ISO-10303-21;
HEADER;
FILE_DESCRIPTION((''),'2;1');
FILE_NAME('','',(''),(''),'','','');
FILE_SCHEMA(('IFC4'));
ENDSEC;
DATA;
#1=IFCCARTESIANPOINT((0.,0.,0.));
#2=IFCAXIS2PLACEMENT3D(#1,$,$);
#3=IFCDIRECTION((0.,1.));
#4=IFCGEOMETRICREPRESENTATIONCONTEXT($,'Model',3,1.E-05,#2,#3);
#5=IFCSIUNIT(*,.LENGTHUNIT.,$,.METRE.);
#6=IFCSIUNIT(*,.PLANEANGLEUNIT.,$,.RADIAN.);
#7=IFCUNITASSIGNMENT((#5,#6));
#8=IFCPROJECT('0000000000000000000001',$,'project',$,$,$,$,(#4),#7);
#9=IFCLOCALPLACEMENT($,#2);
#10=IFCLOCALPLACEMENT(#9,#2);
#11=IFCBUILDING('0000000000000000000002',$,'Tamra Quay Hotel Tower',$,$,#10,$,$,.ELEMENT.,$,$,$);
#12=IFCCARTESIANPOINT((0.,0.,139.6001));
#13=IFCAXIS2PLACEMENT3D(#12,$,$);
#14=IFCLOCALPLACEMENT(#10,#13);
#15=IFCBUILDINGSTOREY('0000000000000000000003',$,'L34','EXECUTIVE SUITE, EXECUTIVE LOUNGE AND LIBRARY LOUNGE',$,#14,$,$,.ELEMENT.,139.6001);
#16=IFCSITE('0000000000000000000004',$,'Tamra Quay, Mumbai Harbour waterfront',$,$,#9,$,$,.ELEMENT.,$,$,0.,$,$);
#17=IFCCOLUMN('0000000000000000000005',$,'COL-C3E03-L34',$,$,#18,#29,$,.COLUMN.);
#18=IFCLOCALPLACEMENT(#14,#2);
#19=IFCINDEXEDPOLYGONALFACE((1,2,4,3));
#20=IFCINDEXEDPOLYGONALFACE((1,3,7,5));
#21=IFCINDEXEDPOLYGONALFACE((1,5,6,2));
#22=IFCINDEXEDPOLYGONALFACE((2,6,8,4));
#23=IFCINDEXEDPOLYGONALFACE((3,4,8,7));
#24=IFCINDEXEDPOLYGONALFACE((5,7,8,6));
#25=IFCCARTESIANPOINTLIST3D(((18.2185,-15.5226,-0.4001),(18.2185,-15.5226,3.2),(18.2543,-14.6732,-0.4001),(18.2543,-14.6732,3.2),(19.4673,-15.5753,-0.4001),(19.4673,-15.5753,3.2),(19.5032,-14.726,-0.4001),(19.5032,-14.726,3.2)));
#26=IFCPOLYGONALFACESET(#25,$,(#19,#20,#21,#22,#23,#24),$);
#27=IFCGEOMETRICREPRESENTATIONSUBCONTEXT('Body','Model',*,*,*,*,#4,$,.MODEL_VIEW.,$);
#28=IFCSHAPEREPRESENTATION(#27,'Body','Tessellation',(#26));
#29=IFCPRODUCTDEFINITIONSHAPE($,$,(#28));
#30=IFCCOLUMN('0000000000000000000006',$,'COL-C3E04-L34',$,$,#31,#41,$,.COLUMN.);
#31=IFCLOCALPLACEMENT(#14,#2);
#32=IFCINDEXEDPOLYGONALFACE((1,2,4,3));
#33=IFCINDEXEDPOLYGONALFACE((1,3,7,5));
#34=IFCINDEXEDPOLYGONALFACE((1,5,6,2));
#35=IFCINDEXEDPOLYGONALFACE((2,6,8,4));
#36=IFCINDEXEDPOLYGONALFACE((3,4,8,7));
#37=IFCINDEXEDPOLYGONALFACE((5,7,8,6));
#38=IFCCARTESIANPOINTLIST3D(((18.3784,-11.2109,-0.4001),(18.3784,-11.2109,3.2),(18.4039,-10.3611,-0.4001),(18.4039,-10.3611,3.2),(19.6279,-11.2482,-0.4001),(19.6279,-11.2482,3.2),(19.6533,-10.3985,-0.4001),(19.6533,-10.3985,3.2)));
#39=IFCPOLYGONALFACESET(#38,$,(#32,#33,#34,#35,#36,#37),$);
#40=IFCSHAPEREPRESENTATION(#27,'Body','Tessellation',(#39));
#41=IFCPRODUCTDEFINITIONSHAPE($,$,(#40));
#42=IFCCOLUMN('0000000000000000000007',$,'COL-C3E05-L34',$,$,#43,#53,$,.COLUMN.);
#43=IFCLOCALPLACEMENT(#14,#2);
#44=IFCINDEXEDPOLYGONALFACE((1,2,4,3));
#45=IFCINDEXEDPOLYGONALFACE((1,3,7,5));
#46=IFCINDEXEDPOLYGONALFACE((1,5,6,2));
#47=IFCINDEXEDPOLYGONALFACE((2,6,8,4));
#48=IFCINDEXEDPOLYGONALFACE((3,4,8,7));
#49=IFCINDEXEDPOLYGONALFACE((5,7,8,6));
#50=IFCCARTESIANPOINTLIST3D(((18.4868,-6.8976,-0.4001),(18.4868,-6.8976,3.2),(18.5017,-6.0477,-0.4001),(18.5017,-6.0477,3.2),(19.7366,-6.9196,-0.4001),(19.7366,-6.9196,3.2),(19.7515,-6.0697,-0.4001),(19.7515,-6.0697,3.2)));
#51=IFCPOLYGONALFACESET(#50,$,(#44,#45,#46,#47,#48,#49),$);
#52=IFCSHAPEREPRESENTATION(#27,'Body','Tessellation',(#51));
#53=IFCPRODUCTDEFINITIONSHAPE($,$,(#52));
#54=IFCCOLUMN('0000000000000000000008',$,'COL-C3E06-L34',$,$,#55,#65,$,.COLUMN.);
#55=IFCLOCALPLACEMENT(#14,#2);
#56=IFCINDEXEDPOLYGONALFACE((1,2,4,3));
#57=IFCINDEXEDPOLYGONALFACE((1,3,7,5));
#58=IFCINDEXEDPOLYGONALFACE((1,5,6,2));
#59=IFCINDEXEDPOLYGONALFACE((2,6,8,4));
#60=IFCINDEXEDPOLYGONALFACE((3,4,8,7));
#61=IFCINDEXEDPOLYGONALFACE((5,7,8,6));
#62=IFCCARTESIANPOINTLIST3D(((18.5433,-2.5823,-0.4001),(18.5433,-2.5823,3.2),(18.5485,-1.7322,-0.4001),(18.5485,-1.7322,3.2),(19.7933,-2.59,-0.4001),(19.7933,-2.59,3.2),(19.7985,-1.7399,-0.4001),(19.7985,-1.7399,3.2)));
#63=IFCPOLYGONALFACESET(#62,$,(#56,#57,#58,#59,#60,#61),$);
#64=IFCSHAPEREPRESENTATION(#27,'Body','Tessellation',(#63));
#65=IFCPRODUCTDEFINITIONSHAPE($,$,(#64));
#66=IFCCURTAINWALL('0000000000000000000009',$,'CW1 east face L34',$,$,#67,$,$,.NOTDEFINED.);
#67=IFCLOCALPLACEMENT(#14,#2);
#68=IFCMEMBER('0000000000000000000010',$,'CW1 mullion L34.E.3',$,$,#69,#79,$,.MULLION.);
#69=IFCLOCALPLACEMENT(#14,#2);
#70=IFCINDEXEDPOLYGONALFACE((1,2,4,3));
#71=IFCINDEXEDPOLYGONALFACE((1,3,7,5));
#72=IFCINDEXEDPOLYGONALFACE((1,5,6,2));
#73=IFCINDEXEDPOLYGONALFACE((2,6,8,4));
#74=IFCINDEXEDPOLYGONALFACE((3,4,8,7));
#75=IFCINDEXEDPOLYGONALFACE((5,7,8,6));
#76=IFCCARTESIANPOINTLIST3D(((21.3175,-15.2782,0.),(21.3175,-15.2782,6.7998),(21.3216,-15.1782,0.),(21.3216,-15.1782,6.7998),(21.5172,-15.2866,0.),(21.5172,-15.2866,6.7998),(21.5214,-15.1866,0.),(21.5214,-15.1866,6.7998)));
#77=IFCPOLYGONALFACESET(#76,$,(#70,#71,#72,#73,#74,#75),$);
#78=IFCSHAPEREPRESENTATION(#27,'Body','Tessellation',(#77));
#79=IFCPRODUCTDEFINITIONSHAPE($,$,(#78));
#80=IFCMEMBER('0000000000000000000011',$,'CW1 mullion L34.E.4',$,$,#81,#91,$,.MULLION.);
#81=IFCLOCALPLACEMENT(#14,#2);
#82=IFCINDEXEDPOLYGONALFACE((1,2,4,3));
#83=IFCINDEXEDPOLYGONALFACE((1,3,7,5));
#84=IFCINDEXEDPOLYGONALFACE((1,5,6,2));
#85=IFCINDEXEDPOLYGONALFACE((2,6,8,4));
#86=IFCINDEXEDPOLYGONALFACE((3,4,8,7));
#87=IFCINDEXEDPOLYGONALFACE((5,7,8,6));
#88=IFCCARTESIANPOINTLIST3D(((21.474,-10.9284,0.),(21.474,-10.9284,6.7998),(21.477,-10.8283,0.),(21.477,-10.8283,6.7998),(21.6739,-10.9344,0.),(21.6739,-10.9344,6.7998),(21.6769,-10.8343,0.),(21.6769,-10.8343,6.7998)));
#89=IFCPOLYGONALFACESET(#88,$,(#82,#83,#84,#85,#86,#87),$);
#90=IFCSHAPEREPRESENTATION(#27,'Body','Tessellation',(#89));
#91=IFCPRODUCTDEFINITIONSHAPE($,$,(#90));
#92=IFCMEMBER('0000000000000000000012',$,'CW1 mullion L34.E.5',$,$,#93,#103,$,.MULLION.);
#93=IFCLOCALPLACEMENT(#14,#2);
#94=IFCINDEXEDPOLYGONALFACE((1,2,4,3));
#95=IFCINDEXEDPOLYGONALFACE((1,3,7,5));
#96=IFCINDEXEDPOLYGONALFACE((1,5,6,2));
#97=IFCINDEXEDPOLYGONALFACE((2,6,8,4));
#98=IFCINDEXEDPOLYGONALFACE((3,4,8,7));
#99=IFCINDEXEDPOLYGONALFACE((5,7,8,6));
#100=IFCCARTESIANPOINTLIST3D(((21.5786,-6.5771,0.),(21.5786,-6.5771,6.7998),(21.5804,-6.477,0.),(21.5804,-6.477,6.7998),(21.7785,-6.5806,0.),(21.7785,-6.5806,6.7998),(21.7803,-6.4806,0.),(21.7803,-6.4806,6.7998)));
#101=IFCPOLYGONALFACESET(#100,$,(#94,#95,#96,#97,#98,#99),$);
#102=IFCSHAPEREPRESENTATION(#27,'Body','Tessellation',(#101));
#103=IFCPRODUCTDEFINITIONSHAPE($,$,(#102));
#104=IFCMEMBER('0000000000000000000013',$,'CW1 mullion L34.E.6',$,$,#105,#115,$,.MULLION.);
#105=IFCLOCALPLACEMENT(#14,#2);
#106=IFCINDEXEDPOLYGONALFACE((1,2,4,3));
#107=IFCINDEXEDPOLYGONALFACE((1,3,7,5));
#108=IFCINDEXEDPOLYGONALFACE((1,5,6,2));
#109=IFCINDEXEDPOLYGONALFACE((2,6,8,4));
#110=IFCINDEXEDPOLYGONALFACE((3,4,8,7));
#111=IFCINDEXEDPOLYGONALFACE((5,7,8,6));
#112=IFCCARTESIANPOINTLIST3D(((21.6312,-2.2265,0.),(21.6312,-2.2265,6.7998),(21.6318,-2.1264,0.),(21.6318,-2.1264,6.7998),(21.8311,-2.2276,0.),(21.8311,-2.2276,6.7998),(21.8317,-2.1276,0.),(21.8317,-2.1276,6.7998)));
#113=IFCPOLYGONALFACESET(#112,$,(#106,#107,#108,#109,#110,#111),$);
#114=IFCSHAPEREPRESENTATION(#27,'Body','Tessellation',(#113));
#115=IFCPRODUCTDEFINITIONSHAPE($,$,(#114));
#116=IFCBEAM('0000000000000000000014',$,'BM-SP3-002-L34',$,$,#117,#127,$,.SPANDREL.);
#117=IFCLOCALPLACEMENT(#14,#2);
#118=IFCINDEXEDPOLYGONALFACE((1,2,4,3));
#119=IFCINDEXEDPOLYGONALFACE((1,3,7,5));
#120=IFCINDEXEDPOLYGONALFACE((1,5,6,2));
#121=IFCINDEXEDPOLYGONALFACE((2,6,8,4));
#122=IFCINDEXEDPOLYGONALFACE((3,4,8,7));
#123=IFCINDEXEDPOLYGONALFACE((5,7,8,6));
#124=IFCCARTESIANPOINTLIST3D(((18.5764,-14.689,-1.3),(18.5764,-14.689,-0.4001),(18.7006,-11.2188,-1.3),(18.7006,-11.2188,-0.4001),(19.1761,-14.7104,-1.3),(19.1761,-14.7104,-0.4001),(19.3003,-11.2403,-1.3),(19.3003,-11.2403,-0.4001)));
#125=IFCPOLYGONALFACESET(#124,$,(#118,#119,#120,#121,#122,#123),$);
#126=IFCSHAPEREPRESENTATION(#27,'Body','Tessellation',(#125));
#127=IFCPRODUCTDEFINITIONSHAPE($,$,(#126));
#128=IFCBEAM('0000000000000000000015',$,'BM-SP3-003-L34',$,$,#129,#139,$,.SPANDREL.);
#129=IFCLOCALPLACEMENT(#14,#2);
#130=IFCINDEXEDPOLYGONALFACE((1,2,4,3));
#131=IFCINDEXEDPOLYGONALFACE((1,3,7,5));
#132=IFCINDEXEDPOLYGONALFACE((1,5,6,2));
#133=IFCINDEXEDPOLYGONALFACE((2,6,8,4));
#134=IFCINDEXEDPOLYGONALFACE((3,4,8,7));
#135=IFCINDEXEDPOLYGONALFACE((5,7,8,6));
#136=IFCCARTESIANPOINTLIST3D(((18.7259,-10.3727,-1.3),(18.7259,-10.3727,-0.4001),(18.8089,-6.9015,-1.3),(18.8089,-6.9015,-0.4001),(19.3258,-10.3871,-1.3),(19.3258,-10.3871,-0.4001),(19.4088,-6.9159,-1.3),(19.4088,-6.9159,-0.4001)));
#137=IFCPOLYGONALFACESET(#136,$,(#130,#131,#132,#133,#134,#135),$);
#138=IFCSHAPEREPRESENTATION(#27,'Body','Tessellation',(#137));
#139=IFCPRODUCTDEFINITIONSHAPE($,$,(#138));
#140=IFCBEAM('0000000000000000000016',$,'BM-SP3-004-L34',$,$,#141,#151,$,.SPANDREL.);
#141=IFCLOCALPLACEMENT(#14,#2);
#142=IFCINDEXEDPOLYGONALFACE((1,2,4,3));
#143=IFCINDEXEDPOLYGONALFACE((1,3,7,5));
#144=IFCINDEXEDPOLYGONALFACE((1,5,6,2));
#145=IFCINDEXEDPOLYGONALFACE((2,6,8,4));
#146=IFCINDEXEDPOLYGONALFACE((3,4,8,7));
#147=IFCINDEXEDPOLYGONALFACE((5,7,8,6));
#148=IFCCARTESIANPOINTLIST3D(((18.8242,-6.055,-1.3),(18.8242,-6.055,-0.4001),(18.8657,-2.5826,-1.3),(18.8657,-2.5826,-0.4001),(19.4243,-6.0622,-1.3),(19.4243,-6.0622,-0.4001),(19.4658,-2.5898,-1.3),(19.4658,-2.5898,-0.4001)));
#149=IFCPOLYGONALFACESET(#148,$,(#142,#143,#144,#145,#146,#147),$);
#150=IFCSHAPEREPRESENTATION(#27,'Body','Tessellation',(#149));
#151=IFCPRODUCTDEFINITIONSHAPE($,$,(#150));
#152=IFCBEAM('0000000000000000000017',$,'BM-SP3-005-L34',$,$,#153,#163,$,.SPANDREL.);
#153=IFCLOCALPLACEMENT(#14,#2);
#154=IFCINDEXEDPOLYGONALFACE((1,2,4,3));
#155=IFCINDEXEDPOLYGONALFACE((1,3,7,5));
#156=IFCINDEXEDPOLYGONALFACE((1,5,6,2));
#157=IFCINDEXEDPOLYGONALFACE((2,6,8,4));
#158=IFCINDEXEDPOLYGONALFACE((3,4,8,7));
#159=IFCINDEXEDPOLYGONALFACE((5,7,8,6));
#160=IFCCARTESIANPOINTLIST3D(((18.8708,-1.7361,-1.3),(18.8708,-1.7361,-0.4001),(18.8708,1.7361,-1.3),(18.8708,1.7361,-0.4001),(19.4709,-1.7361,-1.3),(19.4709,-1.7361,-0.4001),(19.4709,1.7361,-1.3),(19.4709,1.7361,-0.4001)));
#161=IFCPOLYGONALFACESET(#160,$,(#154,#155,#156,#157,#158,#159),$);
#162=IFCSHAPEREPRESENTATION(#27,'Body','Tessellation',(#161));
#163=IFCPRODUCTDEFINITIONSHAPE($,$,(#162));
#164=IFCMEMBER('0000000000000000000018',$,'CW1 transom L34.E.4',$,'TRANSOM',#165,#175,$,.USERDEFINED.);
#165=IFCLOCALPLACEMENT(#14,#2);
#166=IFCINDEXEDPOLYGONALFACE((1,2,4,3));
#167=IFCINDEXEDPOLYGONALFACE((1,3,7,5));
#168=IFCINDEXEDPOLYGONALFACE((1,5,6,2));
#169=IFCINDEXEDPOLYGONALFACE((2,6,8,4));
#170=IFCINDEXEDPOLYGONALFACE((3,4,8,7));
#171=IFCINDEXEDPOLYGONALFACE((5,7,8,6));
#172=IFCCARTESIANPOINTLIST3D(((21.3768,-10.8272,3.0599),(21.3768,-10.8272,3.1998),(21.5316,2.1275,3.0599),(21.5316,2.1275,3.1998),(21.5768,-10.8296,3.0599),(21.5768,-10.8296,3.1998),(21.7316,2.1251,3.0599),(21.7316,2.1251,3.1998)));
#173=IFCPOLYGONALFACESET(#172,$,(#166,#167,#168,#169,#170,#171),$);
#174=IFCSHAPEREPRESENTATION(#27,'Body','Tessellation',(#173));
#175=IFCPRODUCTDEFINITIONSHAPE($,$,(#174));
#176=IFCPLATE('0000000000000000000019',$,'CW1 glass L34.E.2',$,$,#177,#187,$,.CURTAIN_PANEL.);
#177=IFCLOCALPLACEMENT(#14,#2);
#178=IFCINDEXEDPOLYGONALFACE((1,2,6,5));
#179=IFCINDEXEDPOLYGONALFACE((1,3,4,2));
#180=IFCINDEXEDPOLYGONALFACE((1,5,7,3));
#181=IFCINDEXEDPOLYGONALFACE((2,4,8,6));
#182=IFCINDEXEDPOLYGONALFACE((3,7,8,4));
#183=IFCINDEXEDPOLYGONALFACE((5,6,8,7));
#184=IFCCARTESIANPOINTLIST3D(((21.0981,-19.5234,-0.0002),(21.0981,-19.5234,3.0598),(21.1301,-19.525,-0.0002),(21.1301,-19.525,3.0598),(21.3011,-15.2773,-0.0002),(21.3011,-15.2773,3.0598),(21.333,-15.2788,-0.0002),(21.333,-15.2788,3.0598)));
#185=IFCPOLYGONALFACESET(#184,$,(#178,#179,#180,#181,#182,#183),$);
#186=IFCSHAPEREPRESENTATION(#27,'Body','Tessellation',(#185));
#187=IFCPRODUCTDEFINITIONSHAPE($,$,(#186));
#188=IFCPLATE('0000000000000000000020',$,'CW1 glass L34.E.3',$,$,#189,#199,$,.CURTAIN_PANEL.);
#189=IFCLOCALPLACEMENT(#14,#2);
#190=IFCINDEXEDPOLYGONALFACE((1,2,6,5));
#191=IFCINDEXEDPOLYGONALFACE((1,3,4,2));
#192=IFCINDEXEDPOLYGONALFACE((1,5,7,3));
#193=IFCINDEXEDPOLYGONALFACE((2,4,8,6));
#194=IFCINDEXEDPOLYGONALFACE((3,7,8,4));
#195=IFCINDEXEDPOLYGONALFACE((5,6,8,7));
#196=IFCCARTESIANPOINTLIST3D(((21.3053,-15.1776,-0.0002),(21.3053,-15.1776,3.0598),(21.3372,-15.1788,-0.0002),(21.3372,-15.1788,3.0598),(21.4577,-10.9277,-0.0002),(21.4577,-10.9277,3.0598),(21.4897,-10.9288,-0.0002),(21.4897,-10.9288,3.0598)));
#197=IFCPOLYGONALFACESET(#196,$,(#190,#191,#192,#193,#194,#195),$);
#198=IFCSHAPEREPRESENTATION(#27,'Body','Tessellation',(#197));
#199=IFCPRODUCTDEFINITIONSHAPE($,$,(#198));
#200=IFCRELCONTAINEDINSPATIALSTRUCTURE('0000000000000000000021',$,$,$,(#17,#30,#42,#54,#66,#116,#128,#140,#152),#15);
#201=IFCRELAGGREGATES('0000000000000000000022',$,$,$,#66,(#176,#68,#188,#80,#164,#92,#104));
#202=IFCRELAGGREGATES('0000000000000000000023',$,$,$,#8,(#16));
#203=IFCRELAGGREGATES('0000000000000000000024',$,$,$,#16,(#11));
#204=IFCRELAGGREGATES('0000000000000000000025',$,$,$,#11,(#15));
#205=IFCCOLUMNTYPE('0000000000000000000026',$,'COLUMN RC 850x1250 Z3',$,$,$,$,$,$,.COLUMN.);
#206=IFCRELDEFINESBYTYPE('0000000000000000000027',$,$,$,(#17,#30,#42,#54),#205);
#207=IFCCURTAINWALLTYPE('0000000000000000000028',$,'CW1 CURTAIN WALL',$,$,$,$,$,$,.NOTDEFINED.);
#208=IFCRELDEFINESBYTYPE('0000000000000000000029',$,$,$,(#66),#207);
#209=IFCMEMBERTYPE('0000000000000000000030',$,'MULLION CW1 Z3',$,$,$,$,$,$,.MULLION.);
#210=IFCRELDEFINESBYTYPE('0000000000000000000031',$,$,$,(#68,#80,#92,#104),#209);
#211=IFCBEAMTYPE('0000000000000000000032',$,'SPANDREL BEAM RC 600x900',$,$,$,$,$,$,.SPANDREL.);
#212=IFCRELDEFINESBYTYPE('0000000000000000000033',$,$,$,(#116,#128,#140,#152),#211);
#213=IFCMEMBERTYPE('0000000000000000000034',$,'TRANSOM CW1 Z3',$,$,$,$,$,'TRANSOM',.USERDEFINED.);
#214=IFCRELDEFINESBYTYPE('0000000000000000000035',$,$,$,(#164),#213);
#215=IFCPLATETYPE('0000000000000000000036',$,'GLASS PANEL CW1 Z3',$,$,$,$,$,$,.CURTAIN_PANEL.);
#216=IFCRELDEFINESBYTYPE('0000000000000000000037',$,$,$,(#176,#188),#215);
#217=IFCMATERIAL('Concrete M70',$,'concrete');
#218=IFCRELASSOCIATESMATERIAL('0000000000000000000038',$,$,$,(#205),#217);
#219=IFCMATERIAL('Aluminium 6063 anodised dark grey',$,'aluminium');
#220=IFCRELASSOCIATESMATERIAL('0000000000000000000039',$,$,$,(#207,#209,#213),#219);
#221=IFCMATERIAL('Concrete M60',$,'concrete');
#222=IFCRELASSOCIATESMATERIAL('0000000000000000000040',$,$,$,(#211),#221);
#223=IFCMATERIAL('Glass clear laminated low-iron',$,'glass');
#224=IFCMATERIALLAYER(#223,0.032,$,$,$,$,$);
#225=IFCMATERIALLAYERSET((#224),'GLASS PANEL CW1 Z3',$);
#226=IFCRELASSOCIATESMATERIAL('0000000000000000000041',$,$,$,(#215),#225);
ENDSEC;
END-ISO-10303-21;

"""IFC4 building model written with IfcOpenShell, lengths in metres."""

from ifc_helpers import new_model, si_unit, direction, frame, origin, origin_2d, place, context, subcontext, project, spatial, rectangle, extrude, material, layer, layer_set, material_profile, profile_set, type_object, element, aggregate, save


model = new_model("IFC4")

# Units and contexts
model_context = context("Model", 3, precision=1e-05, world=origin(), true_north=direction((0.0, 1.0)))
body_context = subcontext(model_context, "Body", "Model", "MODEL_VIEW")
ifc_project = project(units=[si_unit("LENGTHUNIT", "METRE"), si_unit("PLANEANGLEUNIT", "RADIAN")], contexts=[model_context])

# Site, building, storey
site_placement = place(None, origin())
site = spatial("IfcSite", under=ifc_project, at=site_placement, Name="Tamra Quay, Mumbai Harbour waterfront", CompositionType="ELEMENT", RefElevation=0.0)
building_placement = place(site_placement, origin())
building = spatial("IfcBuilding", under=site, at=building_placement, Name="Tamra Quay Hotel Tower", CompositionType="ELEMENT")
storey_placement = place(building_placement, frame((0.0, 0.0, 139.6001)))
storey = spatial("IfcBuildingStorey", under=building, at=storey_placement, Name="L34", Description="EXECUTIVE SUITE, EXECUTIVE LOUNGE AND LIBRARY LOUNGE", CompositionType="ELEMENT", Elevation=139.6001)

# Columns
ifc_material_1 = material(Name="Concrete M70", Category="concrete")
ifc_material_profile_1 = material_profile(ifc_material_1, rectangle(XDim=1.25, YDim=0.8501, at=origin_2d()), Name="COLUMN RC 850x1250 Z3")
ifc_profile_set_1 = profile_set([ifc_material_profile_1], Name="Concrete M70")
column_type = type_object("IfcColumnType", Name="COLUMN RC 850x1250 Z3", PredefinedType="COLUMN", material=ifc_profile_set_1)
for number, where, z_axis, x_axis, name in (
    (1, (18.8608, -15.1243, -0.4001), (0.0, 0.0, 1.0), (-0.999109, 0.042202, 0.0), "COL-C3E03-L34"),
    (2, (19.0159, -10.8047, -0.4001), (0.0, 0.0, 1.0), (-0.999553, 0.029907, 0.0), "COL-C3E04-L34"),
    (3, (19.1191, -6.4836, -0.4001), (0.0, 0.0, 1.0), (-0.999845, 0.017597, 0.0), "COL-C3E05-L34"),
    (4, (19.1709, -2.1611, -0.4001), (0.0, 0.0, 1.0), (-0.999981, 0.006159, 0.0), "COL-C3E06-L34"),
):
    element("IfcColumn", number, at=place(storey_placement, frame(where, z_axis=z_axis, x_axis=x_axis)), inside=storey, type_object=column_type, Name=name, PredefinedType="COLUMN", context=body_context, shape_type="SweptSolid", body=[
        extrude(rectangle(XDim=1.25, YDim=0.8501, at=origin_2d()), origin(), (0.0, 0.0, 1.0), 3.6001),
    ])

# Curtain wall, members
ifc_material_2 = material(Name="Aluminium 6063 anodised dark grey", Category="aluminium")
curtain_wall_type = type_object("IfcCurtainWallType", Name="CW1 CURTAIN WALL", PredefinedType="NOTDEFINED", material=ifc_material_2)
curtain_wall_placement = place(storey_placement, origin())
curtain_wall = element("IfcCurtainWall", 5, at=curtain_wall_placement, inside=storey, type_object=curtain_wall_type, Name="CW1 east face L34", PredefinedType="NOTDEFINED")
ifc_material_profile_2 = material_profile(ifc_material_2, rectangle(XDim=0.2, YDim=0.1001, at=origin_2d()), Name="MULLION 100X200")
ifc_profile_set_2 = profile_set([ifc_material_profile_2], Name="Aluminium 6063 anodised dark grey")
member_type_1 = type_object("IfcMemberType", Name="MULLION CW1 Z3", PredefinedType="MULLION", material=ifc_profile_set_2)
member_1_placement = place(storey_placement, frame((21.4194, -15.2324, 0.0), z_axis=(0.0, 0.0, 1.0), x_axis=(0.999126, -0.041797, 0.0)))
member_1 = element("IfcMember", 6, at=member_1_placement, type_object=member_type_1, Name="CW1 mullion L34.E.3", PredefinedType="MULLION", context=body_context, shape_type="SweptSolid", body=[
    extrude(rectangle(XDim=0.2, YDim=0.1001, at=origin_2d()), origin(), (0.0, 0.0, 1.0), 6.7998),
])
member_2_placement = place(storey_placement, frame((21.5754, -10.8813, 0.0), z_axis=(0.0, 0.0, 1.0), x_axis=(0.999554, -0.029871, 0.0)))
member_2 = element("IfcMember", 7, at=member_2_placement, type_object=member_type_1, Name="CW1 mullion L34.E.4", PredefinedType="MULLION", context=body_context, shape_type="SweptSolid", body=[
    extrude(rectangle(XDim=0.2, YDim=0.1001, at=origin_2d()), origin(), (0.0, 0.0, 1.0), 6.7998),
])
member_3_placement = place(storey_placement, frame((21.6794, -6.5288, 0.0), z_axis=(0.0, 0.0, 1.0), x_axis=(0.999839, -0.017927, 0.0)))
member_3 = element("IfcMember", 8, at=member_3_placement, type_object=member_type_1, Name="CW1 mullion L34.E.5", PredefinedType="MULLION", context=body_context, shape_type="SweptSolid", body=[
    extrude(rectangle(XDim=0.2, YDim=0.1001, at=origin_2d()), origin(), (0.0, 0.0, 1.0), 6.7998),
])
member_4_placement = place(storey_placement, frame((21.7314, -2.177, 0.0), z_axis=(0.0, 0.0, 1.0), x_axis=(0.999982, -0.005979, 0.0)))
member_4 = element("IfcMember", 9, at=member_4_placement, type_object=member_type_1, Name="CW1 mullion L34.E.6", PredefinedType="MULLION", context=body_context, shape_type="SweptSolid", body=[
    extrude(rectangle(XDim=0.2, YDim=0.1001, at=origin_2d()), origin(), (0.0, 0.0, 1.0), 6.7998),
])

# Beams
ifc_material_3 = material(Name="Concrete M60", Category="concrete")
ifc_material_profile_3 = material_profile(ifc_material_3, rectangle(XDim=0.6001, YDim=0.8999, at=origin_2d()), Name="SPANDREL BEAM RC 600x900")
ifc_profile_set_3 = profile_set([ifc_material_profile_3], Name="Concrete M60")
beam_type = type_object("IfcBeamType", Name="SPANDREL BEAM RC 600x900", PredefinedType="SPANDREL", material=ifc_profile_set_3)
beam_1_placement = place(storey_placement, frame((18.8762, -14.6997, -0.8501), z_axis=(0.035787, 0.999359, 0.0), x_axis=(-0.999359, 0.035787, 0.0)))
element("IfcBeam", 10, at=beam_1_placement, inside=storey, type_object=beam_type, Name="BM-SP3-002-L34", PredefinedType="SPANDREL", context=body_context, shape_type="SweptSolid", body=[
    extrude(rectangle(XDim=0.6001, YDim=0.8999, at=origin_2d()), origin(), (0.0, 0.0, 1.0), 3.4724),
])
beam_2_placement = place(storey_placement, frame((19.0259, -10.3799, -0.8501), z_axis=(0.023907, 0.999714, 0.0), x_axis=(-0.999714, 0.023907, 0.0)))
element("IfcBeam", 11, at=beam_2_placement, inside=storey, type_object=beam_type, Name="BM-SP3-003-L34", PredefinedType="SPANDREL", context=body_context, shape_type="SweptSolid", body=[
    extrude(rectangle(XDim=0.6001, YDim=0.8999, at=origin_2d()), origin(), (0.0, 0.0, 1.0), 3.4722),
])
beam_3_placement = place(storey_placement, frame((19.1243, -6.0586, -0.8501), z_axis=(0.011952, 0.999929, 0.0), x_axis=(-0.999929, 0.011952, 0.0)))
element("IfcBeam", 12, at=beam_3_placement, inside=storey, type_object=beam_type, Name="BM-SP3-004-L34", PredefinedType="SPANDREL", context=body_context, shape_type="SweptSolid", body=[
    extrude(rectangle(XDim=0.6001, YDim=0.8999, at=origin_2d()), origin(), (0.0, 0.0, 1.0), 3.4727),
])
beam_4_placement = place(storey_placement, frame((19.1709, -1.7361, -0.8501), z_axis=(0.0, 1.0, 0.0), x_axis=(-1.0, 0.0, 0.0)))
element("IfcBeam", 13, at=beam_4_placement, inside=storey, type_object=beam_type, Name="BM-SP3-005-L34", PredefinedType="SPANDREL", context=body_context, shape_type="SweptSolid", body=[
    extrude(rectangle(XDim=0.6001, YDim=0.8999, at=origin_2d()), origin(), (0.0, 0.0, 1.0), 3.4722),
])

# Member
ifc_material_profile_4 = material_profile(ifc_material_2, rectangle(XDim=0.2, YDim=0.1399, at=origin_2d()), Name="TRANSOM 200X140")
ifc_profile_set_4 = profile_set([ifc_material_profile_4], Name="Aluminium 6063 anodised dark grey")
member_type_2 = type_object("IfcMemberType", Name="TRANSOM CW1 Z3", ElementType="TRANSOM", PredefinedType="USERDEFINED", material=ifc_profile_set_4)
member_5_placement = place(storey_placement, frame((21.4768, -10.8284, 3.1299), z_axis=(0.011947, 0.999929, 0.0), x_axis=(-0.999929, 0.011947, 0.0)))
member_5 = element("IfcMember", 14, at=member_5_placement, type_object=member_type_2, Name="CW1 transom L34.E.4", ObjectType="TRANSOM", PredefinedType="USERDEFINED", context=body_context, shape_type="SweptSolid", body=[
    extrude(rectangle(XDim=0.2, YDim=0.1399, at=origin_2d()), origin(), (0.0, 0.0, 1.0), 12.9556),
])

# Plates
ifc_material_4 = material(Name="Glass clear laminated low-iron", Category="glass")
ifc_layer_1 = layer(ifc_material_4, 0.032)
ifc_layer_set_1 = layer_set([ifc_layer_1], Name="GLASS PANEL CW1 Z3")
plate_type = type_object("IfcPlateType", Name="GLASS PANEL CW1 Z3", PredefinedType="CURTAIN_PANEL", material=ifc_layer_set_1)
plate_1_placement = place(storey_placement, frame((21.2156, -17.4011, -0.0002), z_axis=(0.0, 0.0, 1.0), x_axis=(0.047747, 0.998859, 0.0)))
plate_1 = element("IfcPlate", 15, at=plate_1_placement, type_object=plate_type, Name="CW1 glass L34.E.2", PredefinedType="CURTAIN_PANEL", context=body_context, shape_type="SweptSolid", body=[
    extrude(rectangle(XDim=4.251, YDim=0.032, at=origin_2d()), origin(), (0.0, 0.0, 1.0), 3.0601),
])
plate_2_placement = place(storey_placement, frame((21.3975, -13.0532, -0.0002), z_axis=(0.0, 0.0, 1.0), x_axis=(0.035845, 0.999357, 0.0)))
plate_2 = element("IfcPlate", 16, at=plate_2_placement, type_object=plate_type, Name="CW1 glass L34.E.3", PredefinedType="CURTAIN_PANEL", context=body_context, shape_type="SweptSolid", body=[
    extrude(rectangle(XDim=4.2527, YDim=0.032, at=origin_2d()), origin(), (0.0, 0.0, 1.0), 3.0601),
])
aggregate(curtain_wall, [plate_1, member_1, plate_2, member_2, member_5, member_3, member_4])

save(model, "model.ifc")
